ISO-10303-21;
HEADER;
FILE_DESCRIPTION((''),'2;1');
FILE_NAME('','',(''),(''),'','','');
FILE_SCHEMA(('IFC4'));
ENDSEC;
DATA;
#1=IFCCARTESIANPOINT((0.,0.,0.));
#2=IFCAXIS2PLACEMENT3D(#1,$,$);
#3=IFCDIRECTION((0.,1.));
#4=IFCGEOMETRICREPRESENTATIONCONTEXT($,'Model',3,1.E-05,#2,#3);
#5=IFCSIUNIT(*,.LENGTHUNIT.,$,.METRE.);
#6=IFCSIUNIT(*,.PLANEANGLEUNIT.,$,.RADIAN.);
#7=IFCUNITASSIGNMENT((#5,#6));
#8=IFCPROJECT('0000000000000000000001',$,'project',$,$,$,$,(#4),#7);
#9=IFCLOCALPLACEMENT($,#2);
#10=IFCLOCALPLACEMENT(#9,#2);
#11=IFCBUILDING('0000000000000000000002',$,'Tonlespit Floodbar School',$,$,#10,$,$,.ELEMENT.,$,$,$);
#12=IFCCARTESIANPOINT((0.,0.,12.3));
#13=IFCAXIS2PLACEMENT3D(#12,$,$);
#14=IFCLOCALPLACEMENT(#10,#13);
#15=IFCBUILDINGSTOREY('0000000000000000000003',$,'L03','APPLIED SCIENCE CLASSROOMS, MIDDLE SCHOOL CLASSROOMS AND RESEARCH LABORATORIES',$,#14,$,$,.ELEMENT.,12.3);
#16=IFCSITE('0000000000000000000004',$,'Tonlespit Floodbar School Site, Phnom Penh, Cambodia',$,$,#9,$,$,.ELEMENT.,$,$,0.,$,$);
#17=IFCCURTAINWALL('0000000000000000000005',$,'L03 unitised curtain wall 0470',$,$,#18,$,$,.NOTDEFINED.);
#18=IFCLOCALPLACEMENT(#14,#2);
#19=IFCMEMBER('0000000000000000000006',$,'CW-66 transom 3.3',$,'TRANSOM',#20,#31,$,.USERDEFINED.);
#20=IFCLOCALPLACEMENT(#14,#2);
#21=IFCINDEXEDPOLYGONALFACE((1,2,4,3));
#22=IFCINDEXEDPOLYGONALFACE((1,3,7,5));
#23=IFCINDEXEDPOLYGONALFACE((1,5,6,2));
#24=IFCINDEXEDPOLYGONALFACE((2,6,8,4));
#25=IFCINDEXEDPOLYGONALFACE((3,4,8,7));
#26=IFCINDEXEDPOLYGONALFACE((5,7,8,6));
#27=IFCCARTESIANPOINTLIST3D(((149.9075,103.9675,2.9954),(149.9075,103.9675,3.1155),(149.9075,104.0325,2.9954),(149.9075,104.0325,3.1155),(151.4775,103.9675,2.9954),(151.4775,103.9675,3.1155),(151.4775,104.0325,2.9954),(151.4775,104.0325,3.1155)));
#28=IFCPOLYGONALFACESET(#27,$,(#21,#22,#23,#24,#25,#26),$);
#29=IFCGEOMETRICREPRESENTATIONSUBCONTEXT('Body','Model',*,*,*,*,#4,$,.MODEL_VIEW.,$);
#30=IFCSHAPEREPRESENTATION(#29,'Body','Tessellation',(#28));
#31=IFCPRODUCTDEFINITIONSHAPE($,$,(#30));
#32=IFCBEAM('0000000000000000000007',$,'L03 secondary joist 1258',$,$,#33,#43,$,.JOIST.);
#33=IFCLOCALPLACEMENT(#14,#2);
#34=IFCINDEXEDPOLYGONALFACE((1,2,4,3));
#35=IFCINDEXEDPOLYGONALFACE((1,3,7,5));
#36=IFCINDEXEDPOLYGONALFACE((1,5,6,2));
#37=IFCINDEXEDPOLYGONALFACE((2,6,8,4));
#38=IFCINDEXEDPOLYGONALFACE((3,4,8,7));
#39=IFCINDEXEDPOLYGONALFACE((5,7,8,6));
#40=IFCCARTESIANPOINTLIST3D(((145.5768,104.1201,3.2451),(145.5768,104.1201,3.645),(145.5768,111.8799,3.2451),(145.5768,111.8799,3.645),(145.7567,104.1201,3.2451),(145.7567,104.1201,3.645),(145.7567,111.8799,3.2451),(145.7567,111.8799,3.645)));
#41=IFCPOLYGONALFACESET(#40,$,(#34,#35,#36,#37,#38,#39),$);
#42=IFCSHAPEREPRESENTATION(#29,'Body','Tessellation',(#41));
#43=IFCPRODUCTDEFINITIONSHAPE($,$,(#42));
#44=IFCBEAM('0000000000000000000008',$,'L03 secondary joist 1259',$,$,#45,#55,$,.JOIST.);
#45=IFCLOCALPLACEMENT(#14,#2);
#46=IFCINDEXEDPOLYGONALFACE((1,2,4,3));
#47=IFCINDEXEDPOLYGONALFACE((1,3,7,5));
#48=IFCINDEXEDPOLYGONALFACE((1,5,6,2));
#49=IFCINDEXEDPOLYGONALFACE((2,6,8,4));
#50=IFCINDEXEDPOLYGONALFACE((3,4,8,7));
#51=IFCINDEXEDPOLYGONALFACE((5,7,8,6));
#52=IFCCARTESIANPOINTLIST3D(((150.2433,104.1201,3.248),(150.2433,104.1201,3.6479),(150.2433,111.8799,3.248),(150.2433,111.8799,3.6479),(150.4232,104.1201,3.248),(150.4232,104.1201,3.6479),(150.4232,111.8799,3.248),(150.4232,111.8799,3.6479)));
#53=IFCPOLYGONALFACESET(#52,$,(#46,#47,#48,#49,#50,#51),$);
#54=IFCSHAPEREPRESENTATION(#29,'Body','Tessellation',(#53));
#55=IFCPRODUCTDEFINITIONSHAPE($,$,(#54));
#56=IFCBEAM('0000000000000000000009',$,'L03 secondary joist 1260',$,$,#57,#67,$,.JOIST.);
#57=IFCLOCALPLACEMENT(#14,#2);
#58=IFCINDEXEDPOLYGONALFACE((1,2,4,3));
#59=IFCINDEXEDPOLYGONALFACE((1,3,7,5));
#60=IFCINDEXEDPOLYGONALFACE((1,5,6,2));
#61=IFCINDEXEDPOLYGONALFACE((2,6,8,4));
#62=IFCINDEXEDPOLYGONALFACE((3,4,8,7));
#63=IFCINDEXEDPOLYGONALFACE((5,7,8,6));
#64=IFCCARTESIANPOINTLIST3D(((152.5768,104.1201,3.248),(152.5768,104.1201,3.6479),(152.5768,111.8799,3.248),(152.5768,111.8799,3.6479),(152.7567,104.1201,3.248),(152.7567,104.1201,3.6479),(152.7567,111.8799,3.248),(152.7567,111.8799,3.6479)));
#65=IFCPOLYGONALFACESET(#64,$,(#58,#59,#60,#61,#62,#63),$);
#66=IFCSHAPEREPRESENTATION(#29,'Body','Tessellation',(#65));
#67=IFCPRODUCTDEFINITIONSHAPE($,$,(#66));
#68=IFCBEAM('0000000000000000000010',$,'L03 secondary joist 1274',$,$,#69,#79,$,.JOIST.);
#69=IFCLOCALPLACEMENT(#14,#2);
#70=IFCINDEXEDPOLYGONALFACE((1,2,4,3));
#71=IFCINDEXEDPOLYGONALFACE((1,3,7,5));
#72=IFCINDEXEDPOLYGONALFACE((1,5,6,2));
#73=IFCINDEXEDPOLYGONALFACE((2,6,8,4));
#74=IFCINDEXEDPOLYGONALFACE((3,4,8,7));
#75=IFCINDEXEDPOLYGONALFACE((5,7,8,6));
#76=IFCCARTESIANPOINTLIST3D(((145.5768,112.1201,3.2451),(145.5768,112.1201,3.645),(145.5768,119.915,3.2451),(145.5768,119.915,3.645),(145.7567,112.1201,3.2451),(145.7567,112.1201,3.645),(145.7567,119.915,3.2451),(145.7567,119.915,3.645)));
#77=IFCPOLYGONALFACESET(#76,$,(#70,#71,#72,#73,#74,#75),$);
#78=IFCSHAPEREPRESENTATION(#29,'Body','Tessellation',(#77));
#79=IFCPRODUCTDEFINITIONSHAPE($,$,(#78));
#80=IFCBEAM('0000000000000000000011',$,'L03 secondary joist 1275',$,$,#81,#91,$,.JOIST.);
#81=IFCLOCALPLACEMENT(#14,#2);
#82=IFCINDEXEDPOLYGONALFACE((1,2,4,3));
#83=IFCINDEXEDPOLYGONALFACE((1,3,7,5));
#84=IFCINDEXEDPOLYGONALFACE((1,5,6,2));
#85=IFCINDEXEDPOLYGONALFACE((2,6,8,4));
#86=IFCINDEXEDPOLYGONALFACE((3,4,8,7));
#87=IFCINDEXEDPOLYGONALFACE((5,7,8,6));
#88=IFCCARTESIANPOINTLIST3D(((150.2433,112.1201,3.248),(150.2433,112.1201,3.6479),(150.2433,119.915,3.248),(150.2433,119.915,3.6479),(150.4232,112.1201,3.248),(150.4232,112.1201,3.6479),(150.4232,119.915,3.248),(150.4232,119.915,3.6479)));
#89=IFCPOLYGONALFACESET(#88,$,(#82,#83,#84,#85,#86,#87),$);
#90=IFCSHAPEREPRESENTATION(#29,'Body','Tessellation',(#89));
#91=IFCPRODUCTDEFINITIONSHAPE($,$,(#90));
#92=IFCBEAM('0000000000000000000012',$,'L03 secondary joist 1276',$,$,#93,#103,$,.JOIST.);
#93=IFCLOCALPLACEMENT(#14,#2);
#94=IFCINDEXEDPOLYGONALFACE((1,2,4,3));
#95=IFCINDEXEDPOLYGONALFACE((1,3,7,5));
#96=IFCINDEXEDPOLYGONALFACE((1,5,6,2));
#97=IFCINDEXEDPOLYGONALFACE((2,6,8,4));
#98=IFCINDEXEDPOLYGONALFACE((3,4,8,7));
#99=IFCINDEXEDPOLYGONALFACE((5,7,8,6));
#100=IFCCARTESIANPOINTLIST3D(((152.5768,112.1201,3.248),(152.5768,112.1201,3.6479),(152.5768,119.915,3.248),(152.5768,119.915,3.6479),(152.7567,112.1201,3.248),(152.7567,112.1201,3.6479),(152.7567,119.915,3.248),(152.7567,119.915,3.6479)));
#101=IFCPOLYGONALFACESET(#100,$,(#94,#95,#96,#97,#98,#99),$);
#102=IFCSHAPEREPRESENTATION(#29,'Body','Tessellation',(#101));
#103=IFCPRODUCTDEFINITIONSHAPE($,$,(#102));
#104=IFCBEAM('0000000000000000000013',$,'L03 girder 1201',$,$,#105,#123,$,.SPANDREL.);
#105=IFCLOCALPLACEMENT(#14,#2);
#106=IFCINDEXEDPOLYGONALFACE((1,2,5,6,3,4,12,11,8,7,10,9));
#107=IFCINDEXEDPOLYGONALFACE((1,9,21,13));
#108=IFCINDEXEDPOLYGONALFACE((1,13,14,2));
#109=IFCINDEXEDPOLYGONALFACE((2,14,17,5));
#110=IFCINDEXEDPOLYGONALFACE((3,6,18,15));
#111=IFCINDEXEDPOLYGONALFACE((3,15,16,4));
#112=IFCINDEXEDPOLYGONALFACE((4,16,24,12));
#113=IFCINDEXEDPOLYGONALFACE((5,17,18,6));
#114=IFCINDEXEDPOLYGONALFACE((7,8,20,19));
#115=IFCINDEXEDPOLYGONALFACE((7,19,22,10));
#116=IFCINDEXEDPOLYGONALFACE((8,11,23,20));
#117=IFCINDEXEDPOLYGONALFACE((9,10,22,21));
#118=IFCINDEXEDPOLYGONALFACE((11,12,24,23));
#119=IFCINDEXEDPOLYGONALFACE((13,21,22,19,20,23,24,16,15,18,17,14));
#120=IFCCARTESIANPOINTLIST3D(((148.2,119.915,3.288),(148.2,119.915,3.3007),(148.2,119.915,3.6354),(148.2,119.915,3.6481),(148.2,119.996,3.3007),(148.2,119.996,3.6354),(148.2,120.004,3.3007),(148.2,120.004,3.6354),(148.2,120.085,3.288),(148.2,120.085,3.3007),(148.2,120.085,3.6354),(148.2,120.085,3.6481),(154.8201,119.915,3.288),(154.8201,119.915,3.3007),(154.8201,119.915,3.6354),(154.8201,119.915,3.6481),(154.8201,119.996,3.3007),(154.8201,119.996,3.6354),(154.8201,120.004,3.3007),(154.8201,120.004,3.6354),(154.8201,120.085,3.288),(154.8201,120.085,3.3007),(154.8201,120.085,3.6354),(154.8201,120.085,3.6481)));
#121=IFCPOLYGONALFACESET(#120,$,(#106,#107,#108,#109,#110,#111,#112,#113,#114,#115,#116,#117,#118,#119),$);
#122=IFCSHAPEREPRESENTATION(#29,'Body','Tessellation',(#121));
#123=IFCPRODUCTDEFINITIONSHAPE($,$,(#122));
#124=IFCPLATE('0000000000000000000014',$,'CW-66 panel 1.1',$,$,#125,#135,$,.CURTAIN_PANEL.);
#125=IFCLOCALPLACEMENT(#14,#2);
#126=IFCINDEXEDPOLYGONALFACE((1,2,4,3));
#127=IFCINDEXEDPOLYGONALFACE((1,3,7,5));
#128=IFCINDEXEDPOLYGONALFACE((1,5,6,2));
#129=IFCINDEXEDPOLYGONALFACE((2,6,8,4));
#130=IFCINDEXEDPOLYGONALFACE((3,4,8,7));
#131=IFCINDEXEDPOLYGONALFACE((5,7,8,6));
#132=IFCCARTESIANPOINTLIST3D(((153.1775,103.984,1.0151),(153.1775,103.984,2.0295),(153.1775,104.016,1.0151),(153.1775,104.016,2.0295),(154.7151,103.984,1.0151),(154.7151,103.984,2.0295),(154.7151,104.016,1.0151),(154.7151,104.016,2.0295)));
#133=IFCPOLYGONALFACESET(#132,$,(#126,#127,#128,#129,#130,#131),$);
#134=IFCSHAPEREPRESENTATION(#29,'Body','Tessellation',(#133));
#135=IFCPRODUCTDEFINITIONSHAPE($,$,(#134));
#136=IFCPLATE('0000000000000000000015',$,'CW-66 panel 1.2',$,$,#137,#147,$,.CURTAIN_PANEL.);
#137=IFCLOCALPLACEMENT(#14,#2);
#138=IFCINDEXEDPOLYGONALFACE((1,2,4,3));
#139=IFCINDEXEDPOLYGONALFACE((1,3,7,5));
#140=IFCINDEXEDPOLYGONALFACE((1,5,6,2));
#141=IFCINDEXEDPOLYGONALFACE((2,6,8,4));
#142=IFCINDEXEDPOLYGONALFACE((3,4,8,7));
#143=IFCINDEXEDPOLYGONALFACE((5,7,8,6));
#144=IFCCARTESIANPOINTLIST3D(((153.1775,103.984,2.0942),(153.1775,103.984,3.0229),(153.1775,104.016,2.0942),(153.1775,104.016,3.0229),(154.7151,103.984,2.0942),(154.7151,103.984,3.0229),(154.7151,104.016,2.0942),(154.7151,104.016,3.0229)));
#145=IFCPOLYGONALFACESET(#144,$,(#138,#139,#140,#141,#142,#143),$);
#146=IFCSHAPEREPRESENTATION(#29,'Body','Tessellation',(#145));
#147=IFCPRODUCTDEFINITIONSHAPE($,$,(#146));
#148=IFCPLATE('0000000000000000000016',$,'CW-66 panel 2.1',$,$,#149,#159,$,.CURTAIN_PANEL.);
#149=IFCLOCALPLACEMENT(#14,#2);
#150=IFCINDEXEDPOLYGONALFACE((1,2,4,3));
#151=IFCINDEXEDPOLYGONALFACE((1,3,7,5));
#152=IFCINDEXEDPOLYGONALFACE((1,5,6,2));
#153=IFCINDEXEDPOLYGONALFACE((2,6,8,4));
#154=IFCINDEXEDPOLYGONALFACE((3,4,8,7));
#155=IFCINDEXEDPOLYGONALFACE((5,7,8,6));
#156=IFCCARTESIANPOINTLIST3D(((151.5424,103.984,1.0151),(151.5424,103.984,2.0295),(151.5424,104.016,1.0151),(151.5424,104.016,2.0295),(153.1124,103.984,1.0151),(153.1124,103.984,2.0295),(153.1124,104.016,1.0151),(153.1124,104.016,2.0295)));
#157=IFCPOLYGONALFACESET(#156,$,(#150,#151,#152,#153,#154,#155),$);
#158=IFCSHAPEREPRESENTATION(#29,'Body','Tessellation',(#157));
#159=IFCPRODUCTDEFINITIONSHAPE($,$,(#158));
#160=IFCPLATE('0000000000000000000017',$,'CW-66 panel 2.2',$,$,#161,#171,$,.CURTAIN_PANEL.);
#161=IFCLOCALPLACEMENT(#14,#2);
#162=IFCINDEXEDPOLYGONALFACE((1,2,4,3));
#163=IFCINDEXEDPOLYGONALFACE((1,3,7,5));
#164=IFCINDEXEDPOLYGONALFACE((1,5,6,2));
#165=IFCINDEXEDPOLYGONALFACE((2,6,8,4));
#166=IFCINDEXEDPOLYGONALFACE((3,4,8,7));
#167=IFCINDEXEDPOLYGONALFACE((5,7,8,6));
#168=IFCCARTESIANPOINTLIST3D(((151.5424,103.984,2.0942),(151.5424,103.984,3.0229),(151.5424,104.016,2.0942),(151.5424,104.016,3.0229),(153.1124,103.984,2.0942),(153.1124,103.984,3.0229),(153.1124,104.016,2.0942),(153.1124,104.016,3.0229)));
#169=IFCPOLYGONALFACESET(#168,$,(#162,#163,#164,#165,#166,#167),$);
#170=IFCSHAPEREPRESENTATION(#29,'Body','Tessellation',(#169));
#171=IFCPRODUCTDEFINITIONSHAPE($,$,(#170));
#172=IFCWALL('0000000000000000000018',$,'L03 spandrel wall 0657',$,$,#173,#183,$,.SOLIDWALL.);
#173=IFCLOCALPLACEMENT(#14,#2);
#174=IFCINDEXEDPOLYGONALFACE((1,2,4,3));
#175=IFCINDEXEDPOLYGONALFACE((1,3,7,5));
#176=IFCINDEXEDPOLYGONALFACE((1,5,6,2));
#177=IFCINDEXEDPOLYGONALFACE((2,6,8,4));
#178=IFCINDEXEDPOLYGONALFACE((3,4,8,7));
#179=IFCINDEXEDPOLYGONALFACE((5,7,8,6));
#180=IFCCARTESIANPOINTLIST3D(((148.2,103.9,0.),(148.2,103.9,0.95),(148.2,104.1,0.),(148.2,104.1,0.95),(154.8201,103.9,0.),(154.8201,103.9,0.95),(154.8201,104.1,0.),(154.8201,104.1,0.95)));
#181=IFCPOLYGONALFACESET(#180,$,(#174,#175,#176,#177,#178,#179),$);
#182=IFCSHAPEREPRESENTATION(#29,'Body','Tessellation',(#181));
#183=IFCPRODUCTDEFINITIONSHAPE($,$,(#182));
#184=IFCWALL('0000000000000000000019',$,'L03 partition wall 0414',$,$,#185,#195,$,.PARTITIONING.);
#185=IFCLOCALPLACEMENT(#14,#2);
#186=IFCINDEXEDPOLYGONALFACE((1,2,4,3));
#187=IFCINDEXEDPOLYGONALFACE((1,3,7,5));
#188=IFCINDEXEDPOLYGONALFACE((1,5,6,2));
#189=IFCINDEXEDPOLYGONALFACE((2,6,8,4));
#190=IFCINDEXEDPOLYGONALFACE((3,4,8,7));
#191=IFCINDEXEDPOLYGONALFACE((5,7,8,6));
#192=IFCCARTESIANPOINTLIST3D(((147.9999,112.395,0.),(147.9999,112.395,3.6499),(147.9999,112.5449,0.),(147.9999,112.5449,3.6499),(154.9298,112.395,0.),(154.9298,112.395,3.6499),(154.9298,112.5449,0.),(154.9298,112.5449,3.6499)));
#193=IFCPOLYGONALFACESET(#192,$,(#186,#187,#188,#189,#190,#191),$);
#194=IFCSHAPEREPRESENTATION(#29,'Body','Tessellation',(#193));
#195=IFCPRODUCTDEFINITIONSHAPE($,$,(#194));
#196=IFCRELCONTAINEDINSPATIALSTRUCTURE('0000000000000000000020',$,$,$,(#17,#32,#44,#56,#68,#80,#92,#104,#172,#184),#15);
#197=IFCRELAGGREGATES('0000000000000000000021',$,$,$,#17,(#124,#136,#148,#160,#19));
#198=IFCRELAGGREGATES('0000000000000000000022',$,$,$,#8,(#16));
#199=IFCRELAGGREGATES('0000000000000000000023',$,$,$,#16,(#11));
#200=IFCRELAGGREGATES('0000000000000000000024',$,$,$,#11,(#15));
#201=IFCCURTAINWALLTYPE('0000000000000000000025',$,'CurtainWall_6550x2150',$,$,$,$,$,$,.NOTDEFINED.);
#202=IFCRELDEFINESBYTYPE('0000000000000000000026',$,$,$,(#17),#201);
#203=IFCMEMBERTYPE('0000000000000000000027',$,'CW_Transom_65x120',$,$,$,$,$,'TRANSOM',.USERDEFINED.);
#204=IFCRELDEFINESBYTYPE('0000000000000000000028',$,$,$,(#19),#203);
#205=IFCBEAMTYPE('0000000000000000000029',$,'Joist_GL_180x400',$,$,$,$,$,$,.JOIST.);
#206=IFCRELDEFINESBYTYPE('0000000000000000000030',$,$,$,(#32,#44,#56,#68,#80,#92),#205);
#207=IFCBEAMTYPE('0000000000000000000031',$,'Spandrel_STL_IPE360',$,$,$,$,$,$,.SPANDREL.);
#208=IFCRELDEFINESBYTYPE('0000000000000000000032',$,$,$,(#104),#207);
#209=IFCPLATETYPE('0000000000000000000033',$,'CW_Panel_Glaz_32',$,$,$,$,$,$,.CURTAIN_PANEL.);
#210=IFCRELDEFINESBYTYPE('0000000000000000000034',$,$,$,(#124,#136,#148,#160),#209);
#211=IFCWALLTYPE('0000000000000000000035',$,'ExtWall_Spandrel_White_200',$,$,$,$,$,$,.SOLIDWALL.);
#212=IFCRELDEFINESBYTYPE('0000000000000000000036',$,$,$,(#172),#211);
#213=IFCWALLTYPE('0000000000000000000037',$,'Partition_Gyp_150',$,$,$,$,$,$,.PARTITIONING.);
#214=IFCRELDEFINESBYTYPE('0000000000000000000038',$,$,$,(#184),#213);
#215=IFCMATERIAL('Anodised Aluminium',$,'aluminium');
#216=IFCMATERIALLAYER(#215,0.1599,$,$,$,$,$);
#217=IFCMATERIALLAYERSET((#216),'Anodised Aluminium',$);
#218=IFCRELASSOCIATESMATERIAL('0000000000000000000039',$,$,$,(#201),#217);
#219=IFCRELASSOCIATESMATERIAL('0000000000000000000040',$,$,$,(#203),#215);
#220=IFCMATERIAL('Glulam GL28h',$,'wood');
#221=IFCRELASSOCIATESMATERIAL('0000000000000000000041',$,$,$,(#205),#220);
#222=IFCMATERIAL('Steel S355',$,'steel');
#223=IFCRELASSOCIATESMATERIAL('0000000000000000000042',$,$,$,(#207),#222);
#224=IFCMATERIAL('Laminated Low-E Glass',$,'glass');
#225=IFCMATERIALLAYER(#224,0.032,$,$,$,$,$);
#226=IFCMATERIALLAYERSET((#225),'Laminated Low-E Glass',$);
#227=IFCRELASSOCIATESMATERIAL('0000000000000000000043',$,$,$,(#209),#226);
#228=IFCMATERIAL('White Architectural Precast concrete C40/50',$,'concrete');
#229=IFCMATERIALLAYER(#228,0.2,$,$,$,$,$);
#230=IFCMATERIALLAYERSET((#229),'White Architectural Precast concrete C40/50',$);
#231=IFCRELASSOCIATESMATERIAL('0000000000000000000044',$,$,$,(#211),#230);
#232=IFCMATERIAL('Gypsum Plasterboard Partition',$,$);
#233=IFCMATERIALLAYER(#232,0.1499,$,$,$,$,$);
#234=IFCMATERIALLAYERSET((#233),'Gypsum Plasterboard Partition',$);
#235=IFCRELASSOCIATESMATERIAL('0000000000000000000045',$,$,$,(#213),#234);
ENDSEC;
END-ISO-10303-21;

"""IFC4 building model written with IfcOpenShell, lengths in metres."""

from ifc_helpers import new_model, si_unit, direction, frame, frame_2d, origin, origin_2d, place, context, subcontext, project, spatial, rectangle, i_section, extrude, material, layer, layer_set, material_profile, profile_set, type_object, element, aggregate, save


model = new_model("IFC4")

# Units and contexts
model_context = context("Model", 3, precision=1e-05, world=origin(), true_north=direction((0.0, 1.0)))
body_context = subcontext(model_context, "Body", "Model", "MODEL_VIEW")
ifc_project = project(units=[si_unit("LENGTHUNIT", "METRE"), si_unit("PLANEANGLEUNIT", "RADIAN")], contexts=[model_context])

# Site, building, storey
site_placement = place(None, origin())
site = spatial("IfcSite", under=ifc_project, at=site_placement, Name="Tonlespit Floodbar School Site, Phnom Penh, Cambodia", CompositionType="ELEMENT", RefElevation=0.0)
building_placement = place(site_placement, origin())
building = spatial("IfcBuilding", under=site, at=building_placement, Name="Tonlespit Floodbar School", CompositionType="ELEMENT")
storey_placement = place(building_placement, frame((0.0, 0.0, 12.3)))
storey = spatial("IfcBuildingStorey", under=building, at=storey_placement, Name="L03", Description="APPLIED SCIENCE CLASSROOMS, MIDDLE SCHOOL CLASSROOMS AND RESEARCH LABORATORIES", CompositionType="ELEMENT", Elevation=12.3)

# Shared definitions
ifc_material_1 = material(Name="Glulam GL28h", Category="wood")

# Curtain wall, member
ifc_material_2 = material(Name="Anodised Aluminium", Category="aluminium")
ifc_layer_1 = layer(ifc_material_2, 0.1599)
ifc_layer_set_1 = layer_set([ifc_layer_1], Name="Anodised Aluminium")
curtain_wall_type = type_object("IfcCurtainWallType", Name="CurtainWall_6550x2150", PredefinedType="NOTDEFINED", material=ifc_layer_set_1)
curtain_wall_placement = place(storey_placement, origin())
curtain_wall = element("IfcCurtainWall", 1, at=curtain_wall_placement, inside=storey, type_object=curtain_wall_type, Name="L03 unitised curtain wall 0470", PredefinedType="NOTDEFINED")
ifc_material_profile_1 = material_profile(ifc_material_2, rectangle(XDim=0.0649, YDim=0.1201, at=origin_2d()), Name="ALU T65x120")
ifc_profile_set_1 = profile_set([ifc_material_profile_1], Name="Anodised Aluminium")
member_type_1 = type_object("IfcMemberType", Name="CW_Transom_65x120", ElementType="TRANSOM", PredefinedType="USERDEFINED", material=ifc_profile_set_1)
member_1_placement = place(storey_placement, frame((151.4775, 104.0, 3.0554), z_axis=(-1.0, 0.0, 0.0), x_axis=(0.0, -1.0, 0.0)))
member_1 = element("IfcMember", 2, at=member_1_placement, type_object=member_type_1, Name="CW-66 transom 3.3", ObjectType="TRANSOM", PredefinedType="USERDEFINED", context=body_context, shape_type="SweptSolid", body=[
    extrude(rectangle(XDim=0.0649, YDim=0.1201, at=origin_2d()), origin(), (0.0, 0.0, 1.0), 1.5701),
])

# Beams
ifc_material_profile_2 = material_profile(ifc_material_1, rectangle(XDim=0.1799, YDim=0.3999, at=origin_2d()), Name="GL 180x400")
ifc_profile_set_2 = profile_set([ifc_material_profile_2], Name="Glulam GL28h")
beam_type_1 = type_object("IfcBeamType", Name="Joist_GL_180x400", PredefinedType="JOIST", material=ifc_profile_set_2)
for number, where, z_axis, x_axis, name in (
    (3, (145.6667, 104.1201, 3.4451), (0.0, 1.0, 0.0), (-1.0, 0.0, 0.0), "L03 secondary joist 1258"),
    (4, (150.3333, 104.1201, 3.448), (0.0, 1.0, 0.0), (-1.0, 0.0, 0.0), "L03 secondary joist 1259"),
    (5, (152.6667, 104.1201, 3.448), (0.0, 1.0, 0.0), (-1.0, 0.0, 0.0), "L03 secondary joist 1260"),
):
    element("IfcBeam", number, at=place(storey_placement, frame(where, z_axis=z_axis, x_axis=x_axis)), inside=storey, type_object=beam_type_1, Name=name, PredefinedType="JOIST", context=body_context, shape_type="SweptSolid", body=[
        extrude(rectangle(XDim=0.1799, YDim=0.3999, at=origin_2d()), origin(), (0.0, 0.0, 1.0), 7.7598),
    ])
for number, where, z_axis, x_axis, name in (
    (6, (145.6667, 112.1201, 3.4451), (0.0, 1.0, 0.0), (-1.0, 0.0, 0.0), "L03 secondary joist 1274"),
    (7, (150.3333, 112.1201, 3.448), (0.0, 1.0, 0.0), (-1.0, 0.0, 0.0), "L03 secondary joist 1275"),
    (8, (152.6667, 112.1201, 3.448), (0.0, 1.0, 0.0), (-1.0, 0.0, 0.0), "L03 secondary joist 1276"),
):
    element("IfcBeam", number, at=place(storey_placement, frame(where, z_axis=z_axis, x_axis=x_axis)), inside=storey, type_object=beam_type_1, Name=name, PredefinedType="JOIST", context=body_context, shape_type="SweptSolid", body=[
        extrude(rectangle(XDim=0.1799, YDim=0.3999, at=origin_2d()), origin(), (0.0, 0.0, 1.0), 7.7949),
    ])
ifc_material_3 = material(Name="Steel S355", Category="steel")
ifc_material_profile_3 = material_profile(ifc_material_3, i_section(OverallWidth=0.1699, OverallDepth=0.3601, WebThickness=0.0081, FlangeThickness=0.0127, at=origin_2d()), Name="IPE 360")
ifc_profile_set_3 = profile_set([ifc_material_profile_3], Name="Steel S355")
beam_type_2 = type_object("IfcBeamType", Name="Spandrel_STL_IPE360", PredefinedType="SPANDREL", material=ifc_profile_set_3)
beam_1_placement = place(storey_placement, frame((148.2, 120.0, 3.468), z_axis=(1.0, 0.0, 0.0), x_axis=(0.0, 1.0, 0.0)))
element("IfcBeam", 9, at=beam_1_placement, inside=storey, type_object=beam_type_2, Name="L03 girder 1201", PredefinedType="SPANDREL", context=body_context, shape_type="SweptSolid", body=[
    extrude(i_section(OverallWidth=0.1699, OverallDepth=0.3601, WebThickness=0.0081, FlangeThickness=0.0127, at=origin_2d()), origin(), (0.0, 0.0, 1.0), 6.6201),
])

# Plates
ifc_material_4 = material(Name="Laminated Low-E Glass", Category="glass")
ifc_layer_2 = layer(ifc_material_4, 0.032)
ifc_layer_set_2 = layer_set([ifc_layer_2], Name="Laminated Low-E Glass")
plate_type = type_object("IfcPlateType", Name="CW_Panel_Glaz_32", PredefinedType="CURTAIN_PANEL", material=ifc_layer_set_2)
plate_1_placement = place(storey_placement, frame((153.9463, 104.0, 1.0151), z_axis=(0.0, 0.0, 1.0), x_axis=(-1.0, 0.0, 0.0)))
plate_1 = element("IfcPlate", 10, at=plate_1_placement, type_object=plate_type, Name="CW-66 panel 1.1", PredefinedType="CURTAIN_PANEL", context=body_context, shape_type="SweptSolid", body=[
    extrude(rectangle(XDim=1.5376, YDim=0.032, at=origin_2d()), origin(), (0.0, 0.0, 1.0), 1.0144),
])
plate_2_placement = place(storey_placement, frame((153.9463, 104.0, 2.0942), z_axis=(0.0, 0.0, 1.0), x_axis=(-1.0, 0.0, 0.0)))
plate_2 = element("IfcPlate", 11, at=plate_2_placement, type_object=plate_type, Name="CW-66 panel 1.2", PredefinedType="CURTAIN_PANEL", context=body_context, shape_type="SweptSolid", body=[
    extrude(rectangle(XDim=1.5376, YDim=0.032, at=origin_2d()), origin(), (0.0, 0.0, 1.0), 0.9287),
])
plate_3_placement = place(storey_placement, frame((152.3274, 104.0, 1.0151), z_axis=(0.0, 0.0, 1.0), x_axis=(-1.0, 0.0, 0.0)))
plate_3 = element("IfcPlate", 12, at=plate_3_placement, type_object=plate_type, Name="CW-66 panel 2.1", PredefinedType="CURTAIN_PANEL", context=body_context, shape_type="SweptSolid", body=[
    extrude(rectangle(XDim=1.5701, YDim=0.032, at=origin_2d()), origin(), (0.0, 0.0, 1.0), 1.0144),
])
plate_4_placement = place(storey_placement, frame((152.3274, 104.0, 2.0942), z_axis=(0.0, 0.0, 1.0), x_axis=(-1.0, 0.0, 0.0)))
plate_4 = element("IfcPlate", 13, at=plate_4_placement, type_object=plate_type, Name="CW-66 panel 2.2", PredefinedType="CURTAIN_PANEL", context=body_context, shape_type="SweptSolid", body=[
    extrude(rectangle(XDim=1.5701, YDim=0.032, at=origin_2d()), origin(), (0.0, 0.0, 1.0), 0.9287),
])
aggregate(curtain_wall, [plate_1, plate_2, plate_3, plate_4, member_1])

# Walls
ifc_material_5 = material(Name="White Architectural Precast concrete C40/50", Category="concrete")
ifc_layer_3 = layer(ifc_material_5, 0.2)
ifc_layer_set_3 = layer_set([ifc_layer_3], Name="White Architectural Precast concrete C40/50")
wall_type_1 = type_object("IfcWallType", Name="ExtWall_Spandrel_White_200", PredefinedType="SOLIDWALL", material=ifc_layer_set_3)
wall_1_placement = place(storey_placement, frame((154.8201, 104.0, 0.0), z_axis=(0.0, 0.0, 1.0), x_axis=(-1.0, 0.0, 0.0)))
element("IfcWall", 14, at=wall_1_placement, inside=storey, type_object=wall_type_1, Name="L03 spandrel wall 0657", PredefinedType="SOLIDWALL", context=body_context, shape_type="SweptSolid", body=[
    extrude(rectangle(XDim=6.6201, YDim=0.2, at=frame_2d((3.3101, 0.0))), origin(), (0.0, 0.0, 1.0), 0.95),
])
ifc_material_6 = material(Name="Gypsum Plasterboard Partition")
ifc_layer_4 = layer(ifc_material_6, 0.1499)
ifc_layer_set_4 = layer_set([ifc_layer_4], Name="Gypsum Plasterboard Partition")
wall_type_2 = type_object("IfcWallType", Name="Partition_Gyp_150", PredefinedType="PARTITIONING", material=ifc_layer_set_4)
wall_2_placement = place(storey_placement, frame((148.0, 112.47, 0.0), z_axis=(0.0, 0.0, 1.0), x_axis=(1.0, 0.0, 0.0)))
element("IfcWall", 15, at=wall_2_placement, inside=storey, type_object=wall_type_2, Name="L03 partition wall 0414", PredefinedType="PARTITIONING", context=body_context, shape_type="SweptSolid", body=[
    extrude(rectangle(XDim=6.9299, YDim=0.1499, at=frame_2d((3.4648, 0.0))), origin(), (0.0, 0.0, 1.0), 3.6499),
])

save(model, "model.ifc")
